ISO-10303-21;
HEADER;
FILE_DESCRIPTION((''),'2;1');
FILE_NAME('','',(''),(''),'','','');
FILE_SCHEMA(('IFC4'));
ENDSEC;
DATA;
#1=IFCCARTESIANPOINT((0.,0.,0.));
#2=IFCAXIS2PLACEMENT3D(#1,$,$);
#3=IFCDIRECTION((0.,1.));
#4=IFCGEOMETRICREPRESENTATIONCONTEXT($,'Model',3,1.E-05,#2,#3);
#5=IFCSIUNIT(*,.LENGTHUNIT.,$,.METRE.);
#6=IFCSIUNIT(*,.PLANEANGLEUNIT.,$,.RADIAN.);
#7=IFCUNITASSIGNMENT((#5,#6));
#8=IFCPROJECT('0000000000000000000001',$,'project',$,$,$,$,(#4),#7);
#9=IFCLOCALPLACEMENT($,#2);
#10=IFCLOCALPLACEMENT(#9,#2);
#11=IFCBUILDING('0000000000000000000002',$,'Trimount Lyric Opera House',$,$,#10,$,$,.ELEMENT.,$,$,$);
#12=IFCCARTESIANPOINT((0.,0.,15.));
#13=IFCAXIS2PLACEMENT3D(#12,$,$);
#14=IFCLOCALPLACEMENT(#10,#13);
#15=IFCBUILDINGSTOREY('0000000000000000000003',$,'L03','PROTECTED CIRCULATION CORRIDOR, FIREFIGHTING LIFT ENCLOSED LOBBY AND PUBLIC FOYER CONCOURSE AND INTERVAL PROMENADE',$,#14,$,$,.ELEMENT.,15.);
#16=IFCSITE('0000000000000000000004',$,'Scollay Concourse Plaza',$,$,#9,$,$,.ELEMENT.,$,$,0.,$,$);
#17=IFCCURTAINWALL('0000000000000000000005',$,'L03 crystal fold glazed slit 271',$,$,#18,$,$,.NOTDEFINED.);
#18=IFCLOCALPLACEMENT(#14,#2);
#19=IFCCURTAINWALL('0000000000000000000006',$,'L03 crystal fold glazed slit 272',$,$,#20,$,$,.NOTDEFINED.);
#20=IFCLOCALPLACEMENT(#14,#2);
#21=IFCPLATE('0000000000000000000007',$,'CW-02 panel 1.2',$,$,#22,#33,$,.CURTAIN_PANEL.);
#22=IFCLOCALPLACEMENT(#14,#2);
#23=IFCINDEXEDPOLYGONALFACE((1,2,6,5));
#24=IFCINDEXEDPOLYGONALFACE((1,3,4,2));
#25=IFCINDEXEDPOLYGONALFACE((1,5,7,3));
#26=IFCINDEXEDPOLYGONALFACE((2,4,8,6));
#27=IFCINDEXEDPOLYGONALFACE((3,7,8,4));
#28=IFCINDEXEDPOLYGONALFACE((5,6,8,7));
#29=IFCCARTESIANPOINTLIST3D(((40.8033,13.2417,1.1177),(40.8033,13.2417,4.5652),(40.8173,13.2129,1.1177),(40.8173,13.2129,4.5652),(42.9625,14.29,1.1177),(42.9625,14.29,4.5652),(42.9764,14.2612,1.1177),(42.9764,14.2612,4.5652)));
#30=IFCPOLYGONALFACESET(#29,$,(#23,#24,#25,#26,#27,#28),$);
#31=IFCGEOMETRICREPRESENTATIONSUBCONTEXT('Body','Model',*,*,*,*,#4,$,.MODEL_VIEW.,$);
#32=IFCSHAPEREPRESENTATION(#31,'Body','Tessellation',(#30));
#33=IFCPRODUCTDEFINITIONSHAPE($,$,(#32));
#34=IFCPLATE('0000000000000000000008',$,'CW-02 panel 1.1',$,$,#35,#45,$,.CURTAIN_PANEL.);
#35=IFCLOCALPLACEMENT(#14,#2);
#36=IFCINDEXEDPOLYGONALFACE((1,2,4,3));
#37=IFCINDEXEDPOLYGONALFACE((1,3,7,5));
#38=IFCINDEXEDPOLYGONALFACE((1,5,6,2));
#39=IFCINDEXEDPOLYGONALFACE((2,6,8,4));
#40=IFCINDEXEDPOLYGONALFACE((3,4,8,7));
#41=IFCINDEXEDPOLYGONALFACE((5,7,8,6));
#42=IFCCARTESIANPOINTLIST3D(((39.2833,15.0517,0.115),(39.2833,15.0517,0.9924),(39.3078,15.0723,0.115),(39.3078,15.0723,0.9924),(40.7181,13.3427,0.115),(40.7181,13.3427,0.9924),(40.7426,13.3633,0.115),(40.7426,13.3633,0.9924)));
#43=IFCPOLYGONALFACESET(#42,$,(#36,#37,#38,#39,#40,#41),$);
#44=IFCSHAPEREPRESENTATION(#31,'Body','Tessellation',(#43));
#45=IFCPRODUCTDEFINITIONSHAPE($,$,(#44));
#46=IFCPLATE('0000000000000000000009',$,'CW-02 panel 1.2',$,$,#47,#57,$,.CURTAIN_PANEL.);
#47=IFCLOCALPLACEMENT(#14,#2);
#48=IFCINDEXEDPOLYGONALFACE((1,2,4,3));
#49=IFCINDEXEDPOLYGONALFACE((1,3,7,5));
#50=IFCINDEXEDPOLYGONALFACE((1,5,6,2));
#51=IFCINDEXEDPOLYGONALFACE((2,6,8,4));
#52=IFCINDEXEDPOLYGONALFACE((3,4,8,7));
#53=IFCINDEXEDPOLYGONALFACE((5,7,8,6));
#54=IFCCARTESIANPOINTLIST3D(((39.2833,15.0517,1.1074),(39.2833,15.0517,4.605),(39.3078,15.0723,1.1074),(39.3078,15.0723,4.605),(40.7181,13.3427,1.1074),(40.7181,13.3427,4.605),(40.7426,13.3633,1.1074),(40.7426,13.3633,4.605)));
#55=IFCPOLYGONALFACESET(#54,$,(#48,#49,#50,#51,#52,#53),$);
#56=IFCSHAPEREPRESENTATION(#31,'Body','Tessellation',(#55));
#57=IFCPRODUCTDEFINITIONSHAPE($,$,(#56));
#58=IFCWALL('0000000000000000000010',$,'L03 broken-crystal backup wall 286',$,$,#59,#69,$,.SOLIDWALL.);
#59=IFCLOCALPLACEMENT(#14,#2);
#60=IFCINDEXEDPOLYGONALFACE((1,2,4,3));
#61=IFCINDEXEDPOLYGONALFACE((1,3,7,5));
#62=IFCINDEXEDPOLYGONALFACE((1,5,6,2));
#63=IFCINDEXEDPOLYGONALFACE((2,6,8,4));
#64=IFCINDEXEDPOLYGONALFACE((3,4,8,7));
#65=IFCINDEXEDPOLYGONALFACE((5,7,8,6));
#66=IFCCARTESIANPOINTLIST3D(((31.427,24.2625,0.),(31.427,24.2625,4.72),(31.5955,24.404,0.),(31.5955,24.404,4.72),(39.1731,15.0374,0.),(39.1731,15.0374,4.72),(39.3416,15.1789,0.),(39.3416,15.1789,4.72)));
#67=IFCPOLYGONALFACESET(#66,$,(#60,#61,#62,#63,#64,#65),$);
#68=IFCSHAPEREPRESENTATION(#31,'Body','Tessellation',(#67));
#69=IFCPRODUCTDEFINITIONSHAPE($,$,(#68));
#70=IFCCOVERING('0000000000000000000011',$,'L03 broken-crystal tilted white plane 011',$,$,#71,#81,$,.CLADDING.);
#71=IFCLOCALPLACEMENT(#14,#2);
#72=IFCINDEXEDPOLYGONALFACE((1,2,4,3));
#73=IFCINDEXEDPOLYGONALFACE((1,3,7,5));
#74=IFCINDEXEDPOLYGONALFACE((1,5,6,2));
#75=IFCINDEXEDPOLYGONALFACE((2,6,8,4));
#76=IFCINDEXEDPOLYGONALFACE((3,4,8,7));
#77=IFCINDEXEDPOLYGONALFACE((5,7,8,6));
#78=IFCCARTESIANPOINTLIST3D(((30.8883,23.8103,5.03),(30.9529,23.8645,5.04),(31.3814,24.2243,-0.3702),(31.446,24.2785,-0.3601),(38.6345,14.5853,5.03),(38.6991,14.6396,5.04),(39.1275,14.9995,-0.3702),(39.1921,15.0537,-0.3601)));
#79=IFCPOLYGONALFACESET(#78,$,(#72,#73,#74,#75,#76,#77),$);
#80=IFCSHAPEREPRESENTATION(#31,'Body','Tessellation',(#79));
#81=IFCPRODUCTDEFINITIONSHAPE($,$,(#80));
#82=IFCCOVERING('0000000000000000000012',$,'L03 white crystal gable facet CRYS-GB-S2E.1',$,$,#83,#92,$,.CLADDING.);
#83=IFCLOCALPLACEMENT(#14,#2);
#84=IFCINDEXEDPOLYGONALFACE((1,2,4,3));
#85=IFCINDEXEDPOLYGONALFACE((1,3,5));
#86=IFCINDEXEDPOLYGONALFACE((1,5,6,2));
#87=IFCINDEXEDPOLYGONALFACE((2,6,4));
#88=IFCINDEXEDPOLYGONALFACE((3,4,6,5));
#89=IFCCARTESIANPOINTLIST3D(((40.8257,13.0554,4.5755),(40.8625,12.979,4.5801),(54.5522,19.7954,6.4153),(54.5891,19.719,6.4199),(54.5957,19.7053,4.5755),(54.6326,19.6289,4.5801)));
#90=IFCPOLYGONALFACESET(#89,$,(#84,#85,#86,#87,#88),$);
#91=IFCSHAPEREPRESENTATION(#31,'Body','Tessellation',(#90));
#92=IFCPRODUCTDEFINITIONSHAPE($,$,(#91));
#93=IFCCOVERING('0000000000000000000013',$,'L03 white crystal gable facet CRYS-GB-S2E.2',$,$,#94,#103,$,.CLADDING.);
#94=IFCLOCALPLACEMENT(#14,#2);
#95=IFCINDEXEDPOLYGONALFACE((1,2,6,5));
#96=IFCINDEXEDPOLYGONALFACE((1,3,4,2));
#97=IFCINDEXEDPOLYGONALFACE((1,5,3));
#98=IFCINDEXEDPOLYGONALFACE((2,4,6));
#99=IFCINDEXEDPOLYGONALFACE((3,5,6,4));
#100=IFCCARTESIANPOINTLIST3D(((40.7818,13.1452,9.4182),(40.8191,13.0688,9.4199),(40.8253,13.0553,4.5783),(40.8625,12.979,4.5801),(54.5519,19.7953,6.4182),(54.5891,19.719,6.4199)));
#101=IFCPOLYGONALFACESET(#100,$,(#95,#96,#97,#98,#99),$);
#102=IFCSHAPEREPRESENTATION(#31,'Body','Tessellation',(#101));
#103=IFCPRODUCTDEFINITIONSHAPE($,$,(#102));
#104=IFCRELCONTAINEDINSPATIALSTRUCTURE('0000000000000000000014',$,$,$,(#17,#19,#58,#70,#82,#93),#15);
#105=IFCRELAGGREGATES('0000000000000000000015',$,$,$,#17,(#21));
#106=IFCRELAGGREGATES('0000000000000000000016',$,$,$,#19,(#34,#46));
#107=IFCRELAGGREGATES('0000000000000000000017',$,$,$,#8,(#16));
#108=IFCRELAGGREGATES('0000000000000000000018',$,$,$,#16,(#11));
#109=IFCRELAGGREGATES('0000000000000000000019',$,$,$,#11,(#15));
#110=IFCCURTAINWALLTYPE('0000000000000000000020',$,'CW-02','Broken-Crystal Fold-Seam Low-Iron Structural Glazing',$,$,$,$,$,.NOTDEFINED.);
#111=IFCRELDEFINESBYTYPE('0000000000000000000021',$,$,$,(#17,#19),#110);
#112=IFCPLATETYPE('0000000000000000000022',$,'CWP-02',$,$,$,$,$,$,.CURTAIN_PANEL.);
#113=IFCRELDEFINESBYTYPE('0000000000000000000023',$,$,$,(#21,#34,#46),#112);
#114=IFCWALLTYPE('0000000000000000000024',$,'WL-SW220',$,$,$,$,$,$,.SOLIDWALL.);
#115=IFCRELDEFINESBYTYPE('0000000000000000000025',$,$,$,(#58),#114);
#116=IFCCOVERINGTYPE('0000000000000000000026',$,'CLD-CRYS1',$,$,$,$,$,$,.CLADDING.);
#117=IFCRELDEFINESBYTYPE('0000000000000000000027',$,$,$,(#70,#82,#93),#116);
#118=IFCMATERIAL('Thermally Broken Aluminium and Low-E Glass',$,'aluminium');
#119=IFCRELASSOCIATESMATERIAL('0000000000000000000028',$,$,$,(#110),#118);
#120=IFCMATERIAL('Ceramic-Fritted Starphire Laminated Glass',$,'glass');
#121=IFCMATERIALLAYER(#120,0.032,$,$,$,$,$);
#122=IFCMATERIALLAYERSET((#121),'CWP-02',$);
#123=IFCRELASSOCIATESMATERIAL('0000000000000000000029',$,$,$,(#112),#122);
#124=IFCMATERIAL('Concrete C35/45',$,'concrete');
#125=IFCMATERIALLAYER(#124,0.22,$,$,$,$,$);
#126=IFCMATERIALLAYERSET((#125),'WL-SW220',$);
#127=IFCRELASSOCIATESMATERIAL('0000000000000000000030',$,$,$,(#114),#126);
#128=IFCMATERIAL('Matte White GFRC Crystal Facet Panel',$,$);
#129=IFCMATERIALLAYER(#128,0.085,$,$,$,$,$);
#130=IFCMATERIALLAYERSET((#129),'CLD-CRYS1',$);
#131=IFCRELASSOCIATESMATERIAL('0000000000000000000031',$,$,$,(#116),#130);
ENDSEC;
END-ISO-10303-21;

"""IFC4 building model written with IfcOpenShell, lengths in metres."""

from ifc_helpers import new_model, si_unit, direction, frame, frame_2d, origin, origin_2d, place, context, subcontext, project, spatial, polyline, rectangle, outline, extrude, material, layer, layer_set, type_object, element, aggregate, save


model = new_model("IFC4")

# Units and contexts
model_context = context("Model", 3, precision=1e-05, world=origin(), true_north=direction((0.0, 1.0)))
body_context = subcontext(model_context, "Body", "Model", "MODEL_VIEW")
ifc_project = project(units=[si_unit("LENGTHUNIT", "METRE"), si_unit("PLANEANGLEUNIT", "RADIAN")], contexts=[model_context])

# Site, building, storey
site_placement = place(None, origin())
site = spatial("IfcSite", under=ifc_project, at=site_placement, Name="Scollay Concourse Plaza", CompositionType="ELEMENT", RefElevation=0.0)
building_placement = place(site_placement, origin())
building = spatial("IfcBuilding", under=site, at=building_placement, Name="Trimount Lyric Opera House", CompositionType="ELEMENT")
storey_placement = place(building_placement, frame((0.0, 0.0, 15.0)))
storey = spatial("IfcBuildingStorey", under=building, at=storey_placement, Name="L03", Description="PROTECTED CIRCULATION CORRIDOR, FIREFIGHTING LIFT ENCLOSED LOBBY AND PUBLIC FOYER CONCOURSE AND INTERVAL PROMENADE", CompositionType="ELEMENT", Elevation=15.0)

# Curtain walls
ifc_material_1 = material(Name="Thermally Broken Aluminium and Low-E Glass", Category="aluminium")
curtain_wall_type = type_object("IfcCurtainWallType", Name="CW-02", Description="Broken-Crystal Fold-Seam Low-Iron Structural Glazing", PredefinedType="NOTDEFINED", material=ifc_material_1)
curtain_wall_1_placement = place(storey_placement, origin())
curtain_wall_1 = element("IfcCurtainWall", 1, at=curtain_wall_1_placement, inside=storey, type_object=curtain_wall_type, Name="L03 crystal fold glazed slit 271", PredefinedType="NOTDEFINED")
curtain_wall_2_placement = place(storey_placement, origin())
curtain_wall_2 = element("IfcCurtainWall", 2, at=curtain_wall_2_placement, inside=storey, type_object=curtain_wall_type, Name="L03 crystal fold glazed slit 272", PredefinedType="NOTDEFINED")

# Plates
ifc_material_2 = material(Name="Ceramic-Fritted Starphire Laminated Glass", Category="glass")
ifc_layer_1 = layer(ifc_material_2, 0.032)
ifc_layer_set_1 = layer_set([ifc_layer_1], Name="CWP-02")
plate_type = type_object("IfcPlateType", Name="CWP-02", PredefinedType="CURTAIN_PANEL", material=ifc_layer_set_1)
plate_1_placement = place(storey_placement, frame((41.8899, 13.7515, 1.1177), z_axis=(0.0, 0.0, 1.0), x_axis=(-0.899584, -0.436749, 0.0)))
plate_1 = element("IfcPlate", 3, at=plate_1_placement, type_object=plate_type, Name="CW-02 panel 1.2", PredefinedType="CURTAIN_PANEL", context=body_context, shape_type="SweptSolid", body=[
    extrude(rectangle(XDim=2.4001, YDim=0.032, at=origin_2d()), origin(), (0.0, 0.0, 1.0), 3.4475),
])
aggregate(curtain_wall_1, [plate_1])
plate_2_placement = place(storey_placement, frame((40.0129, 14.2075, 0.115), z_axis=(0.0, 0.0, 1.0), x_axis=(-0.642983, 0.765881, 0.0)))
plate_2 = element("IfcPlate", 4, at=plate_2_placement, type_object=plate_type, Name="CW-02 panel 1.1", PredefinedType="CURTAIN_PANEL", context=body_context, shape_type="SweptSolid", body=[
    extrude(rectangle(XDim=2.2314, YDim=0.032, at=origin_2d()), origin(), (0.0, 0.0, 1.0), 0.8774),
])
plate_3_placement = place(storey_placement, frame((40.0129, 14.2075, 1.1074), z_axis=(0.0, 0.0, 1.0), x_axis=(-0.642983, 0.765881, 0.0)))
plate_3 = element("IfcPlate", 5, at=plate_3_placement, type_object=plate_type, Name="CW-02 panel 1.2", PredefinedType="CURTAIN_PANEL", context=body_context, shape_type="SweptSolid", body=[
    extrude(rectangle(XDim=2.2314, YDim=0.032, at=origin_2d()), origin(), (0.0, 0.0, 1.0), 3.4976),
])
aggregate(curtain_wall_2, [plate_2, plate_3])

# Wall
ifc_material_3 = material(Name="Concrete C35/45", Category="concrete")
ifc_layer_2 = layer(ifc_material_3, 0.22)
ifc_layer_set_2 = layer_set([ifc_layer_2], Name="WL-SW220")
wall_type = type_object("IfcWallType", Name="WL-SW220", PredefinedType="SOLIDWALL", material=ifc_layer_set_2)
wall_placement = place(storey_placement, frame((39.2573, 15.1082, 0.0), z_axis=(0.0, 0.0, 1.0), x_axis=(-0.643047, 0.765827, 0.0)))
element("IfcWall", 6, at=wall_placement, inside=storey, type_object=wall_type, Name="L03 broken-crystal backup wall 286", PredefinedType="SOLIDWALL", context=body_context, shape_type="SweptSolid", body=[
    extrude(rectangle(XDim=12.0459, YDim=0.22, at=frame_2d((6.0229, 0.0))), origin(), (0.0, 0.0, 1.0), 4.72),
])

# Coverings
ifc_material_4 = material(Name="Matte White GFRC Crystal Facet Panel")
ifc_layer_3 = layer(ifc_material_4, 0.085)
ifc_layer_set_3 = layer_set([ifc_layer_3], Name="CLD-CRYS1")
covering_type = type_object("IfcCoveringType", Name="CLD-CRYS1", PredefinedType="CLADDING", material=ifc_layer_set_3)
covering_1_placement = place(storey_placement, frame((39.1921, 15.0537, -0.3601), z_axis=(0.760428, 0.63854, 0.118389), x_axis=(-0.643062, 0.765814, -0.000001)))
element("IfcCovering", 7, at=covering_1_placement, inside=storey, type_object=covering_type, Name="L03 broken-crystal tilted white plane 011", PredefinedType="CLADDING", context=body_context, shape_type="SweptSolid", body=[
    extrude(outline(polyline([(0.0, 0.0), (12.0457, 0.0), (12.0458, 5.4384), (-0.0001, 5.4384), (0.0, 0.0)])), origin(), (0.0, 0.0, -1.0), 0.085),
])
covering_2_placement = place(storey_placement, frame((40.8625, 12.979, 4.5801), z_axis=(0.43423, -0.899165, 0.054284), x_axis=(0.900493, 0.434871, 0.0)))
element("IfcCovering", 8, at=covering_2_placement, inside=storey, type_object=covering_type, Name="L03 white crystal gable facet CRYS-GB-S2E.1", PredefinedType="CLADDING", context=body_context, shape_type="SweptSolid", body=[
    extrude(outline(polyline([(0.0, 0.0), (15.2917, 0.0), (15.2917, 1.8426), (0.0, 0.0)])), origin(), (0.0, 0.0, -1.0), 0.085),
])
covering_3_placement = place(storey_placement, frame((40.8625, 12.979, 4.5801), z_axis=(0.43843, -0.898529, 0.020616), x_axis=(0.891202, 0.437596, 0.119452)))
element("IfcCovering", 9, at=covering_3_placement, inside=storey, type_object=covering_type, Name="L03 white crystal gable facet CRYS-GB-S2E.2", PredefinedType="CLADDING", context=body_context, shape_type="SweptSolid", body=[
    extrude(outline(polyline([(0.0, 0.0), (15.4023, 0.0), (0.5787, 4.8062), (0.0, 0.0)])), origin(), (0.0, 0.0, -1.0), 0.085),
])

save(model, "model.ifc")
